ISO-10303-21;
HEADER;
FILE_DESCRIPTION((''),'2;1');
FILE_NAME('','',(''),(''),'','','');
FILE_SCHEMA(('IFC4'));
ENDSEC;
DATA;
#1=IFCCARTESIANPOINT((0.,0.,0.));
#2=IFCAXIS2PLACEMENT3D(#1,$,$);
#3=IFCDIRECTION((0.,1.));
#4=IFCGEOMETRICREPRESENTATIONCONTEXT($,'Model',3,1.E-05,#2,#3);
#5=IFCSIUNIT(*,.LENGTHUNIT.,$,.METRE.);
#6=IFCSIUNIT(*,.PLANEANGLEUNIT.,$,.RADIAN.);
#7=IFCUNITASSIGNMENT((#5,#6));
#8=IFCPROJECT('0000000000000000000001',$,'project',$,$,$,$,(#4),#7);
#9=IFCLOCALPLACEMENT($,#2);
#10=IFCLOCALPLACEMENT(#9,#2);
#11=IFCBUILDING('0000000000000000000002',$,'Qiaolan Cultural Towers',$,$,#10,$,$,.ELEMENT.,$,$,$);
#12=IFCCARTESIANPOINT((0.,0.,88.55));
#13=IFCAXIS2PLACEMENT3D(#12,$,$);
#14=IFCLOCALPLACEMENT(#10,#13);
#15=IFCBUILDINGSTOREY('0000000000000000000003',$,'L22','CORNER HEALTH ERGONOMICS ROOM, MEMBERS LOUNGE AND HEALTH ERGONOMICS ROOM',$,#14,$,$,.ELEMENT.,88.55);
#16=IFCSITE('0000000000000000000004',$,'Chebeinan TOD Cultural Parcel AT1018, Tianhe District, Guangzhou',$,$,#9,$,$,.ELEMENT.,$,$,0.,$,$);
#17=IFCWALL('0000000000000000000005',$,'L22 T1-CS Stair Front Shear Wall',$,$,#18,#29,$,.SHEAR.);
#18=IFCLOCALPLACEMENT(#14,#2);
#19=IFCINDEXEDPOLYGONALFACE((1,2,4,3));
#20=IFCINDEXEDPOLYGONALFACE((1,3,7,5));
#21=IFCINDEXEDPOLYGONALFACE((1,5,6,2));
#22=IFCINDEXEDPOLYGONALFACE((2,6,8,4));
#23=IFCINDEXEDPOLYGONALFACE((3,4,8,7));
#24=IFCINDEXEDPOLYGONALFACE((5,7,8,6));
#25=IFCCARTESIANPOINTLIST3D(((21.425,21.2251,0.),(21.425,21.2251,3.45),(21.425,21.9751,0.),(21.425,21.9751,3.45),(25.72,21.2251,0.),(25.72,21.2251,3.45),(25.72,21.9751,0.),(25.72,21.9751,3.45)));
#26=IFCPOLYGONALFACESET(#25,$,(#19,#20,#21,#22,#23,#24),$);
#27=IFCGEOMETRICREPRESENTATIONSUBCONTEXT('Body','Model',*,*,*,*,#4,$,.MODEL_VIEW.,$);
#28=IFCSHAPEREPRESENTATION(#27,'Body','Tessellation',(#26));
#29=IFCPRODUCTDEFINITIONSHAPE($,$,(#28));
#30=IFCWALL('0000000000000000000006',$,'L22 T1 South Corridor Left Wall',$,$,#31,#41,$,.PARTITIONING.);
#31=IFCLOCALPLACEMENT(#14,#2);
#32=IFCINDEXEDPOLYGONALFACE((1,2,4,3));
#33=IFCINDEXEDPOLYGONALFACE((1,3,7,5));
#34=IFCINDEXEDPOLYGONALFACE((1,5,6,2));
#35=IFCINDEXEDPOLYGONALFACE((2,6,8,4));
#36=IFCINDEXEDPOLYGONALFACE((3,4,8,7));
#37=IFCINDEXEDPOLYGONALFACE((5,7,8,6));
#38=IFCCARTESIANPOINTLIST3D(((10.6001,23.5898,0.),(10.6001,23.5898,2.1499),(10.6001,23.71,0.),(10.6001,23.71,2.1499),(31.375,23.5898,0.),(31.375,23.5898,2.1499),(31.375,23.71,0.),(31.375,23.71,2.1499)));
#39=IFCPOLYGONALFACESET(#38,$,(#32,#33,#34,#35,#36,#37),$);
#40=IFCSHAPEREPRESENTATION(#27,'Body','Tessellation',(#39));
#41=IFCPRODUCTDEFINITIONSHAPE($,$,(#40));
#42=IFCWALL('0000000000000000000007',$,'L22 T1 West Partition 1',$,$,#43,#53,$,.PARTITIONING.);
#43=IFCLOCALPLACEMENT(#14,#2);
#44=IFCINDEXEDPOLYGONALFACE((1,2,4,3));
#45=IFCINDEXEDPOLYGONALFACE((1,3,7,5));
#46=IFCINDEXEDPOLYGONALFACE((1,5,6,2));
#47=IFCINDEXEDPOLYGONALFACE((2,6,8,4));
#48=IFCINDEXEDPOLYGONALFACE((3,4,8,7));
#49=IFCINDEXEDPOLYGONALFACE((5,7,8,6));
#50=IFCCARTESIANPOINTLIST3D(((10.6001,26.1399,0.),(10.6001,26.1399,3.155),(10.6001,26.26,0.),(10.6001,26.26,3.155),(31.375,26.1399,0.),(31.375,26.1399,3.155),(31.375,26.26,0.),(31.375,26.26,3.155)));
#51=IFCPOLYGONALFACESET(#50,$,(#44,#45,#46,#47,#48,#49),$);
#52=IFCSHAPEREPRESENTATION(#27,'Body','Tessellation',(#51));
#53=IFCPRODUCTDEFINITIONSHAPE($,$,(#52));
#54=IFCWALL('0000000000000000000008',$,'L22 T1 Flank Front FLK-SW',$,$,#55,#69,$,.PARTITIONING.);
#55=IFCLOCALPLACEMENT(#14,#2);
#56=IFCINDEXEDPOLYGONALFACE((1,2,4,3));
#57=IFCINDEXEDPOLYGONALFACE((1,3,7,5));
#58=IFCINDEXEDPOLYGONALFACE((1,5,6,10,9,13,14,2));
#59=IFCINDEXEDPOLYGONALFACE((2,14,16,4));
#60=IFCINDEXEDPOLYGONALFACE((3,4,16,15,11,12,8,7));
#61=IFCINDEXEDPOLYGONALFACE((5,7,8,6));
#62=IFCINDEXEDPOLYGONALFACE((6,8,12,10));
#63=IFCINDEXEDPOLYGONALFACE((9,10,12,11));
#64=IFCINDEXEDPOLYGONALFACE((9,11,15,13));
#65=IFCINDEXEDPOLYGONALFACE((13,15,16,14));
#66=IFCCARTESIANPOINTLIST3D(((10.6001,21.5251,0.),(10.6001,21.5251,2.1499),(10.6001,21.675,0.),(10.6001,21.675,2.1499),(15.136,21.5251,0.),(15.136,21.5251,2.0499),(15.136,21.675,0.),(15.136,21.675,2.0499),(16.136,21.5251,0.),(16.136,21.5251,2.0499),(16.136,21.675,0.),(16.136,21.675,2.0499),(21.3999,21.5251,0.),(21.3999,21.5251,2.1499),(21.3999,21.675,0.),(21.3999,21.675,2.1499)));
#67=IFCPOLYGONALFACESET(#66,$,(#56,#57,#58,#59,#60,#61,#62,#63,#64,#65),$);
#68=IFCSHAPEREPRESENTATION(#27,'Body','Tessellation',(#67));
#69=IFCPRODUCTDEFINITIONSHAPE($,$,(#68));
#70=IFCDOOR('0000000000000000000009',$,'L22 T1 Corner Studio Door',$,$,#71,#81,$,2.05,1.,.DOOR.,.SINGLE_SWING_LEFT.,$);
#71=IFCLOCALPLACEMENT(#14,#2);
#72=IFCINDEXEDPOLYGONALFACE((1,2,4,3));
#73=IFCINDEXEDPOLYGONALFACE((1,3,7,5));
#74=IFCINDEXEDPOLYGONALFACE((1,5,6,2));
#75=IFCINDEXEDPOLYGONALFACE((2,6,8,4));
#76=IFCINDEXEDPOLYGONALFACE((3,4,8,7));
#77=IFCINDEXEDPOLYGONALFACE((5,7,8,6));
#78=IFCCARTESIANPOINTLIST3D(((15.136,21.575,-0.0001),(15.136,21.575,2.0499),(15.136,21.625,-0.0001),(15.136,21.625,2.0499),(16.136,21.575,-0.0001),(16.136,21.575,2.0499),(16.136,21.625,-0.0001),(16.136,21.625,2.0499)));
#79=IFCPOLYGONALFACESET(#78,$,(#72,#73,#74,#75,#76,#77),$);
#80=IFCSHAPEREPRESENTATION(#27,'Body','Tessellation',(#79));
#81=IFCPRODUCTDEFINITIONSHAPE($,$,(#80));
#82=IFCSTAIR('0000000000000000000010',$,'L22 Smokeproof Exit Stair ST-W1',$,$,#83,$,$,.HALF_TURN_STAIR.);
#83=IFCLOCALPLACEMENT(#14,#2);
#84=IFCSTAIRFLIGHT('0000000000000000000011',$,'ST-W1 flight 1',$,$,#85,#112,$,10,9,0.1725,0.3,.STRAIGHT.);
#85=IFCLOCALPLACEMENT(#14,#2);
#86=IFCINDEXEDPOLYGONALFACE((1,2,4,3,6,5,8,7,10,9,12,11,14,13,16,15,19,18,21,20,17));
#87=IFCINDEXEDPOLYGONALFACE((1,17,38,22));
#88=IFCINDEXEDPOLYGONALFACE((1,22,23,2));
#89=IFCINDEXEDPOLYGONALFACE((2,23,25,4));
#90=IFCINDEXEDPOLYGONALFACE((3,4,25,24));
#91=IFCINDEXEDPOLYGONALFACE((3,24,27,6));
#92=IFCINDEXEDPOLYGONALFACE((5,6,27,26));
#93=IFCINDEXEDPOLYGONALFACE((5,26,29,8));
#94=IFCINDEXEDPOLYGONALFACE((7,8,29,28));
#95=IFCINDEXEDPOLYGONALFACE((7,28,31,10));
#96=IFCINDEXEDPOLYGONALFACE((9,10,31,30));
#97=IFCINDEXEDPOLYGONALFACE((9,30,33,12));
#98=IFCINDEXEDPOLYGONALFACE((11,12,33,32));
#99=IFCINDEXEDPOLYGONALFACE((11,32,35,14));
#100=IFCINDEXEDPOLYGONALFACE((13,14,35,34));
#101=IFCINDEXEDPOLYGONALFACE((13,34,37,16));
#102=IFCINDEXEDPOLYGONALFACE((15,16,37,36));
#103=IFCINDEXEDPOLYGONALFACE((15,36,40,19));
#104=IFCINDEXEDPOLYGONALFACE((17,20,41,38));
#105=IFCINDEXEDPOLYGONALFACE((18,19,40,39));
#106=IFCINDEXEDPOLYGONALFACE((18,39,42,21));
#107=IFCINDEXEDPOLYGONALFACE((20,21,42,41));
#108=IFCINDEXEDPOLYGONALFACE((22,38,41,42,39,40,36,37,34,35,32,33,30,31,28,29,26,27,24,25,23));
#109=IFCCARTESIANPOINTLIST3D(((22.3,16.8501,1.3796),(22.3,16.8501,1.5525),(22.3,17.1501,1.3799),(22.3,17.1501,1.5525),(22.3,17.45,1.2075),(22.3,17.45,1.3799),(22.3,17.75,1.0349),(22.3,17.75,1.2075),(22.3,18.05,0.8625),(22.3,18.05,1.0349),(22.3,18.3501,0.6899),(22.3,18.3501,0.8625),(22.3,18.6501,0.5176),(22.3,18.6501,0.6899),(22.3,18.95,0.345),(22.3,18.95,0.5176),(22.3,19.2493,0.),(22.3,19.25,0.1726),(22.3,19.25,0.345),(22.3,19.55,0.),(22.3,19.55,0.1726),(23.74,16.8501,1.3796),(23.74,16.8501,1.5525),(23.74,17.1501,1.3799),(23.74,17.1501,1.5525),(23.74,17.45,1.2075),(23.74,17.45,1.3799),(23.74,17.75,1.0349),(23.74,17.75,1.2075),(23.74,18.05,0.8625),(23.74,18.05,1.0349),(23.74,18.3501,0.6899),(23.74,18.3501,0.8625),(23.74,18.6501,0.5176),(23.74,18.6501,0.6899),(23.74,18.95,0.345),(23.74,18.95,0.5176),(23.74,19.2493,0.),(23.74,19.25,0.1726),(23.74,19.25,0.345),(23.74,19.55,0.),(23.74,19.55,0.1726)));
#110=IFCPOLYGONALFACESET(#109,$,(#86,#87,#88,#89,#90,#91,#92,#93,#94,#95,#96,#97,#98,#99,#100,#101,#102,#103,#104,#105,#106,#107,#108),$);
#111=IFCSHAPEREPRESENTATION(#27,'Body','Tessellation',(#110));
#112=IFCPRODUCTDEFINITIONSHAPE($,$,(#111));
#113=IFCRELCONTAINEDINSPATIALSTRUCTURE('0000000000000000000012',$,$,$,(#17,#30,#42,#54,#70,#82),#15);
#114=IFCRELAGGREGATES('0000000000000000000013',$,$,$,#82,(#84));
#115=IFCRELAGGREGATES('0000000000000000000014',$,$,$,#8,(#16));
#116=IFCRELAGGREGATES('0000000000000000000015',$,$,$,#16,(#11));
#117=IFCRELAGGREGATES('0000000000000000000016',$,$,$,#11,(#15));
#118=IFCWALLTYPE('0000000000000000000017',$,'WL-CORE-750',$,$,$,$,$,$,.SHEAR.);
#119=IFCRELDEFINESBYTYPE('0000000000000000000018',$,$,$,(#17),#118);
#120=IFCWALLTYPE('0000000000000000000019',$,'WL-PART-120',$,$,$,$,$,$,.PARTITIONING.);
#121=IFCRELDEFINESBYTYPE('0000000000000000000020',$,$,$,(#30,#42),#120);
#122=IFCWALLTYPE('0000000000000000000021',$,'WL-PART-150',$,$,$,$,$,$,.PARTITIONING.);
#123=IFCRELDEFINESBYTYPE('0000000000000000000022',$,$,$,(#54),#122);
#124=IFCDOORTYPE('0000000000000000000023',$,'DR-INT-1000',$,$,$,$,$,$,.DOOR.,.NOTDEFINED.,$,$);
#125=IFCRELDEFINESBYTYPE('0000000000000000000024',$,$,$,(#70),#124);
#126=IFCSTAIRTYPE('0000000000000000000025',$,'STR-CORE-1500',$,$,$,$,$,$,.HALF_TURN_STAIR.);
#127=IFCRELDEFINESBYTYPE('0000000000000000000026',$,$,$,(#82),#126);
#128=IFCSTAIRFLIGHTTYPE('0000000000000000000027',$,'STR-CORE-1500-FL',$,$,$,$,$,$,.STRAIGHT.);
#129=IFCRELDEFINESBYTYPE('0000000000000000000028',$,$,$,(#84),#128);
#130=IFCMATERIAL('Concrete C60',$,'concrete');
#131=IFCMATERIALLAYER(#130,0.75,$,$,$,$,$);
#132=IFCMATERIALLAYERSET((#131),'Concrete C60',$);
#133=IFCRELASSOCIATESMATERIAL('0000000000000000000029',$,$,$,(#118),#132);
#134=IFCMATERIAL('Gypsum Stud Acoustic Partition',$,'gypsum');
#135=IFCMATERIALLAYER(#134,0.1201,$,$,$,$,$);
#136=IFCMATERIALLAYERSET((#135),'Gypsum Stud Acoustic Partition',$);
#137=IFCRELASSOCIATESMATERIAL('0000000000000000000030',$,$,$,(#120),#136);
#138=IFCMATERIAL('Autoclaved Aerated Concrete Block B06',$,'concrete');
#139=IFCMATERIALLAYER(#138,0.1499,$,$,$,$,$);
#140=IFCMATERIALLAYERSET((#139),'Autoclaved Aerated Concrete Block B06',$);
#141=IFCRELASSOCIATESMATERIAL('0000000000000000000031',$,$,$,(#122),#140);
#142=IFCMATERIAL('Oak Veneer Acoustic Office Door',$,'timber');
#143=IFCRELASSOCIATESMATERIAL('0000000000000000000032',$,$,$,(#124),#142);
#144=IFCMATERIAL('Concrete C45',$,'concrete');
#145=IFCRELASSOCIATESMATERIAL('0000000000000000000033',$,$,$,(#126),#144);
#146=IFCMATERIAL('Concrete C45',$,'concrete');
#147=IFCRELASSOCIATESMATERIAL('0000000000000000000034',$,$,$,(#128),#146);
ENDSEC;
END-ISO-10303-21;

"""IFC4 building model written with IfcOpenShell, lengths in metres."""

from ifc_helpers import new_model, si_unit, direction, frame, frame_2d, origin, place, context, subcontext, project, spatial, polyline, rectangle, outline, extrude, material, layer, layer_set, type_object, element, fill, aggregate, save


model = new_model("IFC4")

# Units and contexts
model_context = context("Model", 3, precision=1e-05, world=origin(), true_north=direction((0.0, 1.0)))
body_context = subcontext(model_context, "Body", "Model", "MODEL_VIEW")
ifc_project = project(units=[si_unit("LENGTHUNIT", "METRE"), si_unit("PLANEANGLEUNIT", "RADIAN")], contexts=[model_context])

# Site, building, storey
site_placement = place(None, origin())
site = spatial("IfcSite", under=ifc_project, at=site_placement, Name="Chebeinan TOD Cultural Parcel AT1018, Tianhe District, Guangzhou", CompositionType="ELEMENT", RefElevation=0.0)
building_placement = place(site_placement, origin())
building = spatial("IfcBuilding", under=site, at=building_placement, Name="Qiaolan Cultural Towers", CompositionType="ELEMENT")
storey_placement = place(building_placement, frame((0.0, 0.0, 88.55)))
storey = spatial("IfcBuildingStorey", under=building, at=storey_placement, Name="L22", Description="CORNER HEALTH ERGONOMICS ROOM, MEMBERS LOUNGE AND HEALTH ERGONOMICS ROOM", CompositionType="ELEMENT", Elevation=88.55)

# Walls
ifc_material_1 = material(Name="Concrete C60", Category="concrete")
ifc_layer_1 = layer(ifc_material_1, 0.75)
ifc_layer_set_1 = layer_set([ifc_layer_1], Name="Concrete C60")
wall_type_1 = type_object("IfcWallType", Name="WL-CORE-750", PredefinedType="SHEAR", material=ifc_layer_set_1)
wall_1_placement = place(storey_placement, frame((21.425, 21.6001, 0.0), z_axis=(0.0, 0.0, 1.0), x_axis=(1.0, 0.0, 0.0)))
element("IfcWall", 1, at=wall_1_placement, inside=storey, type_object=wall_type_1, Name="L22 T1-CS Stair Front Shear Wall", PredefinedType="SHEAR", context=body_context, shape_type="SweptSolid", body=[
    extrude(rectangle(XDim=4.2949, YDim=0.75, at=frame_2d((2.1475, 0.0))), origin(), (0.0, 0.0, 1.0), 3.45),
])
ifc_material_2 = material(Name="Gypsum Stud Acoustic Partition", Category="gypsum")
ifc_layer_2 = layer(ifc_material_2, 0.1201)
ifc_layer_set_2 = layer_set([ifc_layer_2], Name="Gypsum Stud Acoustic Partition")
wall_type_2 = type_object("IfcWallType", Name="WL-PART-120", PredefinedType="PARTITIONING", material=ifc_layer_set_2)
wall_2_placement = place(storey_placement, frame((10.6001, 23.6499, 0.0), z_axis=(0.0, 0.0, 1.0), x_axis=(1.0, 0.0, 0.0)))
element("IfcWall", 2, at=wall_2_placement, inside=storey, type_object=wall_type_2, Name="L22 T1 South Corridor Left Wall", PredefinedType="PARTITIONING", context=body_context, shape_type="SweptSolid", body=[
    extrude(rectangle(XDim=20.7749, YDim=0.1201, at=frame_2d((10.3875, 0.0))), origin(), (0.0, 0.0, 1.0), 2.1499),
])
wall_3_placement = place(storey_placement, frame((10.6001, 26.2, 0.0), z_axis=(0.0, 0.0, 1.0), x_axis=(1.0, 0.0, 0.0)))
element("IfcWall", 3, at=wall_3_placement, inside=storey, type_object=wall_type_2, Name="L22 T1 West Partition 1", PredefinedType="PARTITIONING", context=body_context, shape_type="SweptSolid", body=[
    extrude(rectangle(XDim=20.7749, YDim=0.1201, at=frame_2d((10.3875, 0.0))), origin(), (0.0, 0.0, 1.0), 3.155),
])

# Wall, opening, door
ifc_material_3 = material(Name="Autoclaved Aerated Concrete Block B06", Category="concrete")
ifc_layer_3 = layer(ifc_material_3, 0.1499)
ifc_layer_set_3 = layer_set([ifc_layer_3], Name="Autoclaved Aerated Concrete Block B06")
wall_type_3 = type_object("IfcWallType", Name="WL-PART-150", PredefinedType="PARTITIONING", material=ifc_layer_set_3)
wall_4_placement = place(storey_placement, frame((10.6001, 21.6001, 0.0), z_axis=(0.0, 0.0, 1.0), x_axis=(1.0, 0.0, 0.0)))
wall_4 = element("IfcWall", 4, at=wall_4_placement, inside=storey, type_object=wall_type_3, Name="L22 T1 Flank Front FLK-SW", PredefinedType="PARTITIONING", context=body_context, shape_type="SweptSolid", body=[
    extrude(rectangle(XDim=10.7998, YDim=0.1499, at=frame_2d((5.3999, 0.0))), origin(), (0.0, 0.0, 1.0), 2.1499),
])
opening_placement = place(wall_4_placement, frame((4.5359, 0.0, 0.0)))
opening = element("IfcOpeningElement", 5, at=opening_placement, cuts=wall_4, PredefinedType="OPENING", context=body_context, shape_type="SweptSolid", body=[
    extrude(rectangle(XDim=1.0, YDim=2.05, at=frame_2d((0.5, 1.0249))), frame((0.0, 0.085, 0.0), z_axis=(0.0, -1.0, 0.0), x_axis=(1.0, 0.0, 0.0)), (0.0, 0.0, 1.0), 0.1699),
])
ifc_material_4 = material(Name="Oak Veneer Acoustic Office Door", Category="timber")
door_type = type_object("IfcDoorType", Name="DR-INT-1000", OperationType="NOTDEFINED", PredefinedType="DOOR", material=ifc_material_4)
door_placement = place(opening_placement, origin())
door = element("IfcDoor", 6, at=door_placement, inside=storey, type_object=door_type, Name="L22 T1 Corner Studio Door", OperationType="SINGLE_SWING_LEFT", OverallHeight=2.05, OverallWidth=1.0, PredefinedType="DOOR", context=body_context, shape_type="SweptSolid", body=[
    extrude(rectangle(XDim=1.0, YDim=2.05, at=frame_2d((0.5, 1.0249))), frame((0.0, 0.0249, 0.0), z_axis=(0.0, -1.0, 0.0), x_axis=(1.0, 0.0, 0.0)), (0.0, 0.0, 1.0), 0.05),
])
fill(opening, door)

# Stair, stair flight
ifc_material_5 = material(Name="Concrete C45", Category="concrete")
stair_type = type_object("IfcStairType", Name="STR-CORE-1500", PredefinedType="HALF_TURN_STAIR", material=ifc_material_5)
stair_placement = place(storey_placement, origin())
stair = element("IfcStair", 7, at=stair_placement, inside=storey, type_object=stair_type, Name="L22 Smokeproof Exit Stair ST-W1", PredefinedType="HALF_TURN_STAIR")
ifc_material_6 = material(Name="Concrete C45", Category="concrete")
stair_flight_type = type_object("IfcStairFlightType", Name="STR-CORE-1500-FL", PredefinedType="STRAIGHT", material=ifc_material_6)
stair_flight_placement = place(storey_placement, frame((23.02, 19.55, 0.0), z_axis=(0.0, 0.0, 1.0), x_axis=(0.0, -1.0, 0.0)))
stair_flight = element("IfcStairFlight", 8, at=stair_flight_placement, type_object=stair_flight_type, Name="ST-W1 flight 1", NumberOfRisers=10, NumberOfTreads=9, PredefinedType="STRAIGHT", RiserHeight=0.1725, TreadLength=0.3, context=body_context, shape_type="SweptSolid", body=[
    extrude(outline(polyline([(0.0, 0.0), (0.0, 0.1726), (0.3, 0.1726), (0.3, 0.345), (0.6001, 0.345), (0.6001, 0.5176), (0.8999, 0.5176), (0.8999, 0.6899), (1.2, 0.6899), (1.2, 0.8625), (1.5, 0.8625), (1.5, 1.0349), (1.8, 1.0349), (1.8, 1.2075), (2.1001, 1.2075), (2.1001, 1.3799), (2.3999, 1.3799), (2.3999, 1.5525), (2.7, 1.5525), (2.7, 1.7251), (2.7, 1.3796), (0.3008, 0.0), (0.0, 0.0)])), frame((0.0, 0.72, 0.0), z_axis=(0.0, -1.0, 0.0), x_axis=(1.0, 0.0, 0.0)), (0.0, 0.0, 1.0), 1.4399),
])
aggregate(stair, [stair_flight])

save(model, "model.ifc")
